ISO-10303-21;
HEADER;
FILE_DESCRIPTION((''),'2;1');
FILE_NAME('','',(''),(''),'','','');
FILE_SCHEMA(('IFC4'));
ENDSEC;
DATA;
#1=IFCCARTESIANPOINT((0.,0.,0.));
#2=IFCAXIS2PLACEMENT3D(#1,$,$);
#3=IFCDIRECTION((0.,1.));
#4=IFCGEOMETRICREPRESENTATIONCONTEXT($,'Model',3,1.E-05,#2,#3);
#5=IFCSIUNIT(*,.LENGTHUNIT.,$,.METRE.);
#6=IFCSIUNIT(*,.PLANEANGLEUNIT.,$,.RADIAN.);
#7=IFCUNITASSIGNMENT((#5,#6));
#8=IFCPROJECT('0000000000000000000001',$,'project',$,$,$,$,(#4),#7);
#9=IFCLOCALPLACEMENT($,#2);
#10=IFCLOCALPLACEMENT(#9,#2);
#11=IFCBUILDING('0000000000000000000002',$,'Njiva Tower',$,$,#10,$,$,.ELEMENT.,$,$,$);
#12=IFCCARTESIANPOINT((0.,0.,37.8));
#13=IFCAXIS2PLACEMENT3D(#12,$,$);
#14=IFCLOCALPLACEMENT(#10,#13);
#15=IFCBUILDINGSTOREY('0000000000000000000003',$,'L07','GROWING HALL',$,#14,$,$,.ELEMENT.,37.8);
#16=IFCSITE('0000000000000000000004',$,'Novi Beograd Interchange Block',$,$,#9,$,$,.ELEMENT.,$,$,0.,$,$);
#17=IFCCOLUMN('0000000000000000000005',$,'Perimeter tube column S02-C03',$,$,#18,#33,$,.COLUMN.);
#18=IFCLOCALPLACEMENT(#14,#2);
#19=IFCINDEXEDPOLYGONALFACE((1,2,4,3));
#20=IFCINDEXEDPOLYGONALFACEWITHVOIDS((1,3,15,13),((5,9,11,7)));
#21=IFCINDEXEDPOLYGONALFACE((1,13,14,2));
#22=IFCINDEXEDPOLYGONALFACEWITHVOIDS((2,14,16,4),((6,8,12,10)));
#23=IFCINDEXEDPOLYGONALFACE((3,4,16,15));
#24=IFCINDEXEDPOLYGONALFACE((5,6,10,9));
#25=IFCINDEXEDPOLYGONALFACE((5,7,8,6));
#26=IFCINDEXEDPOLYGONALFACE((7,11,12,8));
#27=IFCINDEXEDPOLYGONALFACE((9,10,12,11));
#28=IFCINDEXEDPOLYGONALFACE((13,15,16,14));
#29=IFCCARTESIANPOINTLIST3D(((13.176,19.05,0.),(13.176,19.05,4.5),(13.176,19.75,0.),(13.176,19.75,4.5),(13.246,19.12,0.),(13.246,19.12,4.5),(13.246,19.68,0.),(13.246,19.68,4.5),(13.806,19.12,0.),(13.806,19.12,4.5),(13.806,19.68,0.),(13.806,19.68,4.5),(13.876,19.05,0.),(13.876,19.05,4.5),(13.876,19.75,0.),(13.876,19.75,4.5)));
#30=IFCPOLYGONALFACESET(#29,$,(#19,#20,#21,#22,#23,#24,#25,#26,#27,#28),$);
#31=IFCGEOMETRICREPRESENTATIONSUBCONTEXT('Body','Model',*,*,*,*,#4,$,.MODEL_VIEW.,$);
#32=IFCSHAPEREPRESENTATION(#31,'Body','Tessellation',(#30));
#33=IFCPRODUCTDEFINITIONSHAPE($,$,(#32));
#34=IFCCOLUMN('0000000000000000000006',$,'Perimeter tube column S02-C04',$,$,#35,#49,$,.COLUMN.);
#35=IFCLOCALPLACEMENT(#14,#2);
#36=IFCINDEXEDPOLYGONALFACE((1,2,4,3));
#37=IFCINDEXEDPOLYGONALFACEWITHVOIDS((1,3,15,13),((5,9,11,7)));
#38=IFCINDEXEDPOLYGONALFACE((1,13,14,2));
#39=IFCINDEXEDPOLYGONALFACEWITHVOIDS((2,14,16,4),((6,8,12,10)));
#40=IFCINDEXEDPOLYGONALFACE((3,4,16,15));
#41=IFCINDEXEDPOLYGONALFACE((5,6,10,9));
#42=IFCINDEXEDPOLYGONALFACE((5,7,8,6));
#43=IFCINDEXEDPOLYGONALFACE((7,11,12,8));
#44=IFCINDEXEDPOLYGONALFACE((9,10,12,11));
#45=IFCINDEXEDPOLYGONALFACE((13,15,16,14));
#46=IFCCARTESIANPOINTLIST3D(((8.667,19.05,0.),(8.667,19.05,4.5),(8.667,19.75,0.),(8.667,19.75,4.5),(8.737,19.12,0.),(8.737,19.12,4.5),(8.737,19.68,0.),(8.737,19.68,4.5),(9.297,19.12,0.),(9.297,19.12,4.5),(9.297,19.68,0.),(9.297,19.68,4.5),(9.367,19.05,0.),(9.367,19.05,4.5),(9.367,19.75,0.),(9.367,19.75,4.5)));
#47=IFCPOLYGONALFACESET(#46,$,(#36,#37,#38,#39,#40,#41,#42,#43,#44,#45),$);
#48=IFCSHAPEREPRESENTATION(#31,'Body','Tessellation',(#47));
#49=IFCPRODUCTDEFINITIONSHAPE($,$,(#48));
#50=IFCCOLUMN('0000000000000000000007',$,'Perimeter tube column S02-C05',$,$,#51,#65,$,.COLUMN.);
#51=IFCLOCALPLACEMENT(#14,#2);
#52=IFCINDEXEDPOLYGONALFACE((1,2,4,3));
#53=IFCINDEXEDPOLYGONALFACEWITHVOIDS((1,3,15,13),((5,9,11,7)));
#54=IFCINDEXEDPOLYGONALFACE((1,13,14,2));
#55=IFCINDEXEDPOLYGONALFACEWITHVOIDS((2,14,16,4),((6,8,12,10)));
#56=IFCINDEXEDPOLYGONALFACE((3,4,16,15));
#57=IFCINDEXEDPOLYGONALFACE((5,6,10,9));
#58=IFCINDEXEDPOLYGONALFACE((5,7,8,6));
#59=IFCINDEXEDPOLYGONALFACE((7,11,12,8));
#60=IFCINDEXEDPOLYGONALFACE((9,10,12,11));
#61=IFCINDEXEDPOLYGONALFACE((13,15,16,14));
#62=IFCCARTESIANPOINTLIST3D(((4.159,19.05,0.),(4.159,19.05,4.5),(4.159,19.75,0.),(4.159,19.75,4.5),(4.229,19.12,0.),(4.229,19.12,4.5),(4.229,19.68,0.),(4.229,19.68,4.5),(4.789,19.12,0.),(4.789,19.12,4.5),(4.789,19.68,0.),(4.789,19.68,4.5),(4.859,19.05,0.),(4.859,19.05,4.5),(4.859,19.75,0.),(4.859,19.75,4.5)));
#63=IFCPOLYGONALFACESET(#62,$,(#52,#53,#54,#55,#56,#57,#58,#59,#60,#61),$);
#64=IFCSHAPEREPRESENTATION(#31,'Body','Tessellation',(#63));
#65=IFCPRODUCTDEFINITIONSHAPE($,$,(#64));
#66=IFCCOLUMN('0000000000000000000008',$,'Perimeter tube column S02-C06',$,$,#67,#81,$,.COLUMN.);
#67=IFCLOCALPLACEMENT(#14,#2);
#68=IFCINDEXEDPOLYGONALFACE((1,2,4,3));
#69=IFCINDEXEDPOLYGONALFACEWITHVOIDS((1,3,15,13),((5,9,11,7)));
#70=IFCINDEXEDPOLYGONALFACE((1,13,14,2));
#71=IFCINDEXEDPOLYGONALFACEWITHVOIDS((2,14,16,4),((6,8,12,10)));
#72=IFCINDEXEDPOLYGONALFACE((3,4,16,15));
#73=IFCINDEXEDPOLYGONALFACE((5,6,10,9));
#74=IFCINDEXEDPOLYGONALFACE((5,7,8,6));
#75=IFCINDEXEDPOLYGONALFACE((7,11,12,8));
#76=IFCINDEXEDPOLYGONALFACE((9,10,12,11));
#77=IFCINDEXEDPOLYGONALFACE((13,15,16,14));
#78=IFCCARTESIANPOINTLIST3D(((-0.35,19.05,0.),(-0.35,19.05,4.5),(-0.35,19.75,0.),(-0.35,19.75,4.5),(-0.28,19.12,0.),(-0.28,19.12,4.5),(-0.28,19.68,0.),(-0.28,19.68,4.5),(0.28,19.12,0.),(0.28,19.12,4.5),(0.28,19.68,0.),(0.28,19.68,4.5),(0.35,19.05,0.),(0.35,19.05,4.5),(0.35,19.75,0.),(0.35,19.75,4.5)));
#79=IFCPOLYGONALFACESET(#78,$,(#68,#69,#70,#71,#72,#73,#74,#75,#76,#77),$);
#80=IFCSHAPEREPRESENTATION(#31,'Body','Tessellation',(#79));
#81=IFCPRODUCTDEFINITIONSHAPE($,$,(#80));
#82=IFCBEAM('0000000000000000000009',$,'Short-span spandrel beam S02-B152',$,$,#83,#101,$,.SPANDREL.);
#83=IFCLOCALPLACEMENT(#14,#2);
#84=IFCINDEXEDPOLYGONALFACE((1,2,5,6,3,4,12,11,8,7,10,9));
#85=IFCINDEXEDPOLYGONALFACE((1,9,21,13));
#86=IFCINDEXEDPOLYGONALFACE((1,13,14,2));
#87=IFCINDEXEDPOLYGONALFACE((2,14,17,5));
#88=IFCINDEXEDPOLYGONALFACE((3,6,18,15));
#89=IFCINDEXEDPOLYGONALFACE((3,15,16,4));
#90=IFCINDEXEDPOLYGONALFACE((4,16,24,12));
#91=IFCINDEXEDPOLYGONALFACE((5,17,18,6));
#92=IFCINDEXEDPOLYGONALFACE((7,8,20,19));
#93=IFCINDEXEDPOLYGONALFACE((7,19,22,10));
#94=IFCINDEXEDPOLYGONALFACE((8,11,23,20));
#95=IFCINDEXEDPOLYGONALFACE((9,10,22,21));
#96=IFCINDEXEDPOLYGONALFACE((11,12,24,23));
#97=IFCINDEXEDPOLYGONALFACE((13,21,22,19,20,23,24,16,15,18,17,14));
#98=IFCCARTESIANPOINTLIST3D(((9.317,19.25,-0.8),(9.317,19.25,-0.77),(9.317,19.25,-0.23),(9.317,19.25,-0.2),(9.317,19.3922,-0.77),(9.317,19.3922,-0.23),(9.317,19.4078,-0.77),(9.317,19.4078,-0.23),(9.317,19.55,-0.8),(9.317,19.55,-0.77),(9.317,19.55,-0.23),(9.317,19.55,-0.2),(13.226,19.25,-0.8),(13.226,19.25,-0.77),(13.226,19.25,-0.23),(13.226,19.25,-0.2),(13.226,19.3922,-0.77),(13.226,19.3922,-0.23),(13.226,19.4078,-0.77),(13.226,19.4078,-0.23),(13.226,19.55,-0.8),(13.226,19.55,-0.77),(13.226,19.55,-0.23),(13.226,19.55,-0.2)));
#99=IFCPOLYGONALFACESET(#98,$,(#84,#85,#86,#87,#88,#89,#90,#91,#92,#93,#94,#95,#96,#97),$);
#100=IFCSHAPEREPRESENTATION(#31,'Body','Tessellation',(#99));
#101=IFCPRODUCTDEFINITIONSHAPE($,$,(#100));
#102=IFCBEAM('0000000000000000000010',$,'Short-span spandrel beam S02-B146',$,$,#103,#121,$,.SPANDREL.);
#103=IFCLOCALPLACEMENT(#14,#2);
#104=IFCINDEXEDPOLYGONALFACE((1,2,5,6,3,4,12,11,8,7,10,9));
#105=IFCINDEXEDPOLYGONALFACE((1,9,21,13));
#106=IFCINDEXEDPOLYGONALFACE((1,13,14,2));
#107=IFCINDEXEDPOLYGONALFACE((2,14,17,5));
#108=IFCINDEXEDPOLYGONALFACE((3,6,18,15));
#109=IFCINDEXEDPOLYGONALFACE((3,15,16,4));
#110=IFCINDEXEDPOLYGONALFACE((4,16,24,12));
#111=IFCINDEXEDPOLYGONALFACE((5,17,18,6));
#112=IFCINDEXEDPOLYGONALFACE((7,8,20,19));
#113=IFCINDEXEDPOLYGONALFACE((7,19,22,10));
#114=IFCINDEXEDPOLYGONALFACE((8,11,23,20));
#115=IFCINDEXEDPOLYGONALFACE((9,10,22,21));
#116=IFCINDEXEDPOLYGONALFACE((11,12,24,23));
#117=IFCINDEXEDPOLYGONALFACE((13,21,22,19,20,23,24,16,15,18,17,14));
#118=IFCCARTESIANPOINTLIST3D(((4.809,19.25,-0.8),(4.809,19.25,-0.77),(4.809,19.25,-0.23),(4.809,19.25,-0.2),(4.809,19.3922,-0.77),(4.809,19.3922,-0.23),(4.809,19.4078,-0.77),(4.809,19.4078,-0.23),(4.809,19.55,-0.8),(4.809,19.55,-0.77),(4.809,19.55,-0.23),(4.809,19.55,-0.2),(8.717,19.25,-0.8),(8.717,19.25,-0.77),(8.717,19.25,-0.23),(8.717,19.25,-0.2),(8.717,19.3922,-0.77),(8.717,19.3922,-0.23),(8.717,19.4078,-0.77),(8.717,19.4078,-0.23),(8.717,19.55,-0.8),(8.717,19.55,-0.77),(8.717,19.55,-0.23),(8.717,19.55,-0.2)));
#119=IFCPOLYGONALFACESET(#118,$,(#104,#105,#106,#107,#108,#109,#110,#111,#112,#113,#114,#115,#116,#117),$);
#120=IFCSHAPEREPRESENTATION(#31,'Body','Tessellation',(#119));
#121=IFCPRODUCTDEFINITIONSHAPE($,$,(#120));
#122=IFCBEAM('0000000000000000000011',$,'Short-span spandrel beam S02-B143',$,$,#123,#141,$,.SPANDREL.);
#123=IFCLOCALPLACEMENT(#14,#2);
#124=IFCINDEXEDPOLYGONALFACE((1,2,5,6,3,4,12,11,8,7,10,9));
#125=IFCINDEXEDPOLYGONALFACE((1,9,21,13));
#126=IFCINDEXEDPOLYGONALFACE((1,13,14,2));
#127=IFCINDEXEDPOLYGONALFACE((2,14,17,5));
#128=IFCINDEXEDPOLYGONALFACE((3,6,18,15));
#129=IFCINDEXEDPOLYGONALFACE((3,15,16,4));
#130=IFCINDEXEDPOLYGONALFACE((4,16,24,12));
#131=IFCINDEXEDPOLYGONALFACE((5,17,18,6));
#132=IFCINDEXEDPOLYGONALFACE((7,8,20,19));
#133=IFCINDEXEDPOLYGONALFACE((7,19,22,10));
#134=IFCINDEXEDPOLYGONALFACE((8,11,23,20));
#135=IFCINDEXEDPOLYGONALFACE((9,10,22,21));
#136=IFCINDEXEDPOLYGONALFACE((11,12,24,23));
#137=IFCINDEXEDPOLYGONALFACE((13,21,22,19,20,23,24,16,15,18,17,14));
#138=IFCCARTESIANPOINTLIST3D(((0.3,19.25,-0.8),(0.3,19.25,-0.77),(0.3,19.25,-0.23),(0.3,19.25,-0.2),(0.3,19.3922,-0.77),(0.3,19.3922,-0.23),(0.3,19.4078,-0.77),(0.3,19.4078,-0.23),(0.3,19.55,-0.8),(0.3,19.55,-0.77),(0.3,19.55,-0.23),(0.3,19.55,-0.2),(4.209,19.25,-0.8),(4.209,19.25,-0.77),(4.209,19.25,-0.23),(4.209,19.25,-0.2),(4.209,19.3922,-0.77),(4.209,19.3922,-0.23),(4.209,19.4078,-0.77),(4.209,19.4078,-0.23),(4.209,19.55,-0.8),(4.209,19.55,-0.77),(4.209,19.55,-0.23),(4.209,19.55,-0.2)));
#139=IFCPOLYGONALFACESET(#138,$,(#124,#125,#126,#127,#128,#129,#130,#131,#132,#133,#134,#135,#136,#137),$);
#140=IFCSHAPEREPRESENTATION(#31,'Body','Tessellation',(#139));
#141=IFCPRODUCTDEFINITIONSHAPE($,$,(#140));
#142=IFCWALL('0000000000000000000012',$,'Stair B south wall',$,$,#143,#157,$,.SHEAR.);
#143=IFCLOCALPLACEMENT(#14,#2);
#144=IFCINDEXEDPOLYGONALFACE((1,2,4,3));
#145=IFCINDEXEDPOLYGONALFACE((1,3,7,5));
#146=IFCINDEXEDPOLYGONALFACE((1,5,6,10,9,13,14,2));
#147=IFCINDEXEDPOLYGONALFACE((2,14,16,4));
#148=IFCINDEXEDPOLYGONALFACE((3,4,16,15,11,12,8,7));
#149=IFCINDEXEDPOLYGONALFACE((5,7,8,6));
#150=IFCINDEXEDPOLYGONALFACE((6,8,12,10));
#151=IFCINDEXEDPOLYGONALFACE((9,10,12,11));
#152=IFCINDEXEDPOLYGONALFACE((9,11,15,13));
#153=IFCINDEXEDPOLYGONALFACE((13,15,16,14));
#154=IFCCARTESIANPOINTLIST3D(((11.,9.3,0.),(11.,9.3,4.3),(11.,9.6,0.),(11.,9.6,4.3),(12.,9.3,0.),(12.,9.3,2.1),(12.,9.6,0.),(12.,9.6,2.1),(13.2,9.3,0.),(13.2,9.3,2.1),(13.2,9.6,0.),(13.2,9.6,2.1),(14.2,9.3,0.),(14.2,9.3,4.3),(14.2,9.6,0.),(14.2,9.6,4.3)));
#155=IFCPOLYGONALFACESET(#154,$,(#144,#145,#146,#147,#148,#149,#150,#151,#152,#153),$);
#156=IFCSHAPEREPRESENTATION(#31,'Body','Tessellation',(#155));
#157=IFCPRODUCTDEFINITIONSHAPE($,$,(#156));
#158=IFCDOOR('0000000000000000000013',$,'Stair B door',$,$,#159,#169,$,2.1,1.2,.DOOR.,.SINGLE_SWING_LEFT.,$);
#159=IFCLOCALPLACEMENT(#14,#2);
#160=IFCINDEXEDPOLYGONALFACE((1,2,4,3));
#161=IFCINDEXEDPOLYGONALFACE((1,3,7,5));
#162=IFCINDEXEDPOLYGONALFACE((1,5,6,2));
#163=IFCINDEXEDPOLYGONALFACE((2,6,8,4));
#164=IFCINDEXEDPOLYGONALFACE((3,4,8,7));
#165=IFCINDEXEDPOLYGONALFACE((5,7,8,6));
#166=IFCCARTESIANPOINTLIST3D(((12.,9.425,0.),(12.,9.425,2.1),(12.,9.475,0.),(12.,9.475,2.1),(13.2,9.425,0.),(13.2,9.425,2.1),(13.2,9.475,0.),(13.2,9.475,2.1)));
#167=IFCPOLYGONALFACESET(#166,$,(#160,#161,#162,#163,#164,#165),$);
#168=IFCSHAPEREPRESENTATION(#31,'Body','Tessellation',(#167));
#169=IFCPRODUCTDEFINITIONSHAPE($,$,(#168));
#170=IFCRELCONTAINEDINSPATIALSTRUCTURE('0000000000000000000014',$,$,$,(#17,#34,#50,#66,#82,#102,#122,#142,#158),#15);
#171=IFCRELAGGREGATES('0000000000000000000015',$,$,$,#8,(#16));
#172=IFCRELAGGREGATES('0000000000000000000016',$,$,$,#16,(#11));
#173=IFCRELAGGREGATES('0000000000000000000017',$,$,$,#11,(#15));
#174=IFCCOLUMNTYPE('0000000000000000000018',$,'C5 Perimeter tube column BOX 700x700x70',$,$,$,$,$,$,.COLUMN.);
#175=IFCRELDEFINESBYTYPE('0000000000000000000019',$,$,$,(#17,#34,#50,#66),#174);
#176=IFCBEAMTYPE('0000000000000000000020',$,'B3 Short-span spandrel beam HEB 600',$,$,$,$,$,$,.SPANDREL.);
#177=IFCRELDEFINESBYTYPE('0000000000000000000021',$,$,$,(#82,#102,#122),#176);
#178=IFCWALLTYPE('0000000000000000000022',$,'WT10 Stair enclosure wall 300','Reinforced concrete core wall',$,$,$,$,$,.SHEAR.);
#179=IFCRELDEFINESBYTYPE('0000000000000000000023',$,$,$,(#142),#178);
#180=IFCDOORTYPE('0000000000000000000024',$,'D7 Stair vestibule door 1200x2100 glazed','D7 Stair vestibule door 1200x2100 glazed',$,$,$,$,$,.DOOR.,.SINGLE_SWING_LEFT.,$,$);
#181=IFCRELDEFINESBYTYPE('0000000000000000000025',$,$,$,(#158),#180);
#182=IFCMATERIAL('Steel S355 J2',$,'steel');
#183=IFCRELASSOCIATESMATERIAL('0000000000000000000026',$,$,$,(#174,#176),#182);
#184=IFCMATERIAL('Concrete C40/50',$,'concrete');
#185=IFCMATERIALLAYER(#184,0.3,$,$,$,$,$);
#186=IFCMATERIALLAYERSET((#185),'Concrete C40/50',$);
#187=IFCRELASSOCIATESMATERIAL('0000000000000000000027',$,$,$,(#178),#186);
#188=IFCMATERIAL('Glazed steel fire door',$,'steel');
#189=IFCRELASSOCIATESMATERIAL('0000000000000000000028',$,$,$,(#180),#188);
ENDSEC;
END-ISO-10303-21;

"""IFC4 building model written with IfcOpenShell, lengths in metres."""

from ifc_helpers import new_model, si_unit, direction, frame, frame_2d, origin, origin_2d, place, context, subcontext, project, spatial, rectangle, hollow_rectangle, i_section, extrude, material, layer, layer_set, material_profile, profile_set, type_object, element, fill, save


model = new_model("IFC4")

# Units and contexts
model_context = context("Model", 3, precision=1e-05, world=origin(), true_north=direction((0.0, 1.0)))
body_context = subcontext(model_context, "Body", "Model", "MODEL_VIEW")
ifc_project = project(units=[si_unit("LENGTHUNIT", "METRE"), si_unit("PLANEANGLEUNIT", "RADIAN")], contexts=[model_context])

# Site, building, storey
site_placement = place(None, origin())
site = spatial("IfcSite", under=ifc_project, at=site_placement, Name="Novi Beograd Interchange Block", CompositionType="ELEMENT", RefElevation=0.0)
building_placement = place(site_placement, origin())
building = spatial("IfcBuilding", under=site, at=building_placement, Name="Njiva Tower", CompositionType="ELEMENT")
storey_placement = place(building_placement, frame((0.0, 0.0, 37.8)))
storey = spatial("IfcBuildingStorey", under=building, at=storey_placement, Name="L07", Description="GROWING HALL", CompositionType="ELEMENT", Elevation=37.8)

# Columns
ifc_material_1 = material(Name="Steel S355 J2", Category="steel")
ifc_material_profile_1 = material_profile(ifc_material_1, hollow_rectangle(XDim=0.7, YDim=0.7, WallThickness=0.07, at=origin_2d()), Name="BOX 700x700x70")
ifc_profile_set_1 = profile_set([ifc_material_profile_1], Name="Steel S355 J2")
column_type = type_object("IfcColumnType", Name="C5 Perimeter tube column BOX 700x700x70", PredefinedType="COLUMN", material=ifc_profile_set_1)
for number, where, z_axis, x_axis, name in (
    (1, (13.526, 19.4, 0.0), (0.0, 0.0, 1.0), (-1.0, 0.0, 0.0), "Perimeter tube column S02-C03"),
    (2, (9.017, 19.4, 0.0), (0.0, 0.0, 1.0), (-1.0, 0.0, 0.0), "Perimeter tube column S02-C04"),
    (3, (4.509, 19.4, 0.0), (0.0, 0.0, 1.0), (-1.0, 0.0, 0.0), "Perimeter tube column S02-C05"),
    (4, (0.0, 19.4, 0.0), (0.0, 0.0, 1.0), (-1.0, 0.0, 0.0), "Perimeter tube column S02-C06"),
):
    element("IfcColumn", number, at=place(storey_placement, frame(where, z_axis=z_axis, x_axis=x_axis)), inside=storey, type_object=column_type, Name=name, PredefinedType="COLUMN", context=body_context, shape_type="SweptSolid", body=[
        extrude(hollow_rectangle(XDim=0.7, YDim=0.7, WallThickness=0.07, at=origin_2d()), origin(), (0.0, 0.0, 1.0), 4.5),
    ])

# Beams
ifc_material_profile_2 = material_profile(ifc_material_1, i_section(OverallWidth=0.3, OverallDepth=0.6, WebThickness=0.0155, FlangeThickness=0.03, at=origin_2d()), Name="HEB 600")
ifc_profile_set_2 = profile_set([ifc_material_profile_2], Name="Steel S355 J2")
beam_type = type_object("IfcBeamType", Name="B3 Short-span spandrel beam HEB 600", PredefinedType="SPANDREL", material=ifc_profile_set_2)
beam_1_placement = place(storey_placement, frame((13.226, 19.4, -0.5), z_axis=(-1.0, 0.0, 0.0), x_axis=(0.0, -1.0, 0.0)))
element("IfcBeam", 5, at=beam_1_placement, inside=storey, type_object=beam_type, Name="Short-span spandrel beam S02-B152", PredefinedType="SPANDREL", context=body_context, shape_type="SweptSolid", body=[
    extrude(i_section(OverallWidth=0.3, OverallDepth=0.6, WebThickness=0.0155, FlangeThickness=0.03, at=origin_2d()), origin(), (0.0, 0.0, 1.0), 3.909),
])
beam_2_placement = place(storey_placement, frame((8.717, 19.4, -0.5), z_axis=(-1.0, 0.0, 0.0), x_axis=(0.0, -1.0, 0.0)))
element("IfcBeam", 6, at=beam_2_placement, inside=storey, type_object=beam_type, Name="Short-span spandrel beam S02-B146", PredefinedType="SPANDREL", context=body_context, shape_type="SweptSolid", body=[
    extrude(i_section(OverallWidth=0.3, OverallDepth=0.6, WebThickness=0.0155, FlangeThickness=0.03, at=origin_2d()), origin(), (0.0, 0.0, 1.0), 3.908),
])
beam_3_placement = place(storey_placement, frame((4.209, 19.4, -0.5), z_axis=(-1.0, 0.0, 0.0), x_axis=(0.0, -1.0, 0.0)))
element("IfcBeam", 7, at=beam_3_placement, inside=storey, type_object=beam_type, Name="Short-span spandrel beam S02-B143", PredefinedType="SPANDREL", context=body_context, shape_type="SweptSolid", body=[
    extrude(i_section(OverallWidth=0.3, OverallDepth=0.6, WebThickness=0.0155, FlangeThickness=0.03, at=origin_2d()), origin(), (0.0, 0.0, 1.0), 3.909),
])

# Wall, opening, door
ifc_material_2 = material(Name="Concrete C40/50", Category="concrete")
ifc_layer_1 = layer(ifc_material_2, 0.3)
ifc_layer_set_1 = layer_set([ifc_layer_1], Name="Concrete C40/50")
wall_type_1 = type_object("IfcWallType", Name="WT10 Stair enclosure wall 300", Description="Reinforced concrete core wall", PredefinedType="SHEAR", material=ifc_layer_set_1)
wall_1_placement = place(storey_placement, frame((11.0, 9.45, 0.0), z_axis=(0.0, 0.0, 1.0), x_axis=(1.0, 0.0, 0.0)))
wall_1 = element("IfcWall", 8, at=wall_1_placement, inside=storey, type_object=wall_type_1, Name="Stair B south wall", PredefinedType="SHEAR", context=body_context, shape_type="SweptSolid", body=[
    extrude(rectangle(XDim=3.2, YDim=0.3, at=frame_2d((1.6, 0.0))), origin(), (0.0, 0.0, 1.0), 4.3),
])
opening_1_placement = place(wall_1_placement, frame((1.0, 0.0, 0.0)))
opening_1 = element("IfcOpeningElement", 9, at=opening_1_placement, cuts=wall_1, PredefinedType="OPENING", context=body_context, shape_type="SweptSolid", body=[
    extrude(rectangle(XDim=1.2, YDim=2.1, at=frame_2d((0.6, 1.05))), frame((0.0, 0.16, 0.0), z_axis=(0.0, -1.0, 0.0), x_axis=(1.0, 0.0, 0.0)), (0.0, 0.0, 1.0), 0.32),
])
ifc_material_3 = material(Name="Glazed steel fire door", Category="steel")
door_type_1 = type_object("IfcDoorType", Name="D7 Stair vestibule door 1200x2100 glazed", Description="D7 Stair vestibule door 1200x2100 glazed", OperationType="SINGLE_SWING_LEFT", PredefinedType="DOOR", material=ifc_material_3)
door_1_placement = place(opening_1_placement, origin())
door_1 = element("IfcDoor", 10, at=door_1_placement, inside=storey, type_object=door_type_1, Name="Stair B door", OperationType="SINGLE_SWING_LEFT", OverallHeight=2.1, OverallWidth=1.2, PredefinedType="DOOR", context=body_context, shape_type="SweptSolid", body=[
    extrude(rectangle(XDim=1.2, YDim=2.1, at=frame_2d((0.6, 1.05))), frame((0.0, 0.025, 0.0), z_axis=(0.0, -1.0, 0.0), x_axis=(1.0, 0.0, 0.0)), (0.0, 0.0, 1.0), 0.05),
])
fill(opening_1, door_1)

save(model, "model.ifc")
